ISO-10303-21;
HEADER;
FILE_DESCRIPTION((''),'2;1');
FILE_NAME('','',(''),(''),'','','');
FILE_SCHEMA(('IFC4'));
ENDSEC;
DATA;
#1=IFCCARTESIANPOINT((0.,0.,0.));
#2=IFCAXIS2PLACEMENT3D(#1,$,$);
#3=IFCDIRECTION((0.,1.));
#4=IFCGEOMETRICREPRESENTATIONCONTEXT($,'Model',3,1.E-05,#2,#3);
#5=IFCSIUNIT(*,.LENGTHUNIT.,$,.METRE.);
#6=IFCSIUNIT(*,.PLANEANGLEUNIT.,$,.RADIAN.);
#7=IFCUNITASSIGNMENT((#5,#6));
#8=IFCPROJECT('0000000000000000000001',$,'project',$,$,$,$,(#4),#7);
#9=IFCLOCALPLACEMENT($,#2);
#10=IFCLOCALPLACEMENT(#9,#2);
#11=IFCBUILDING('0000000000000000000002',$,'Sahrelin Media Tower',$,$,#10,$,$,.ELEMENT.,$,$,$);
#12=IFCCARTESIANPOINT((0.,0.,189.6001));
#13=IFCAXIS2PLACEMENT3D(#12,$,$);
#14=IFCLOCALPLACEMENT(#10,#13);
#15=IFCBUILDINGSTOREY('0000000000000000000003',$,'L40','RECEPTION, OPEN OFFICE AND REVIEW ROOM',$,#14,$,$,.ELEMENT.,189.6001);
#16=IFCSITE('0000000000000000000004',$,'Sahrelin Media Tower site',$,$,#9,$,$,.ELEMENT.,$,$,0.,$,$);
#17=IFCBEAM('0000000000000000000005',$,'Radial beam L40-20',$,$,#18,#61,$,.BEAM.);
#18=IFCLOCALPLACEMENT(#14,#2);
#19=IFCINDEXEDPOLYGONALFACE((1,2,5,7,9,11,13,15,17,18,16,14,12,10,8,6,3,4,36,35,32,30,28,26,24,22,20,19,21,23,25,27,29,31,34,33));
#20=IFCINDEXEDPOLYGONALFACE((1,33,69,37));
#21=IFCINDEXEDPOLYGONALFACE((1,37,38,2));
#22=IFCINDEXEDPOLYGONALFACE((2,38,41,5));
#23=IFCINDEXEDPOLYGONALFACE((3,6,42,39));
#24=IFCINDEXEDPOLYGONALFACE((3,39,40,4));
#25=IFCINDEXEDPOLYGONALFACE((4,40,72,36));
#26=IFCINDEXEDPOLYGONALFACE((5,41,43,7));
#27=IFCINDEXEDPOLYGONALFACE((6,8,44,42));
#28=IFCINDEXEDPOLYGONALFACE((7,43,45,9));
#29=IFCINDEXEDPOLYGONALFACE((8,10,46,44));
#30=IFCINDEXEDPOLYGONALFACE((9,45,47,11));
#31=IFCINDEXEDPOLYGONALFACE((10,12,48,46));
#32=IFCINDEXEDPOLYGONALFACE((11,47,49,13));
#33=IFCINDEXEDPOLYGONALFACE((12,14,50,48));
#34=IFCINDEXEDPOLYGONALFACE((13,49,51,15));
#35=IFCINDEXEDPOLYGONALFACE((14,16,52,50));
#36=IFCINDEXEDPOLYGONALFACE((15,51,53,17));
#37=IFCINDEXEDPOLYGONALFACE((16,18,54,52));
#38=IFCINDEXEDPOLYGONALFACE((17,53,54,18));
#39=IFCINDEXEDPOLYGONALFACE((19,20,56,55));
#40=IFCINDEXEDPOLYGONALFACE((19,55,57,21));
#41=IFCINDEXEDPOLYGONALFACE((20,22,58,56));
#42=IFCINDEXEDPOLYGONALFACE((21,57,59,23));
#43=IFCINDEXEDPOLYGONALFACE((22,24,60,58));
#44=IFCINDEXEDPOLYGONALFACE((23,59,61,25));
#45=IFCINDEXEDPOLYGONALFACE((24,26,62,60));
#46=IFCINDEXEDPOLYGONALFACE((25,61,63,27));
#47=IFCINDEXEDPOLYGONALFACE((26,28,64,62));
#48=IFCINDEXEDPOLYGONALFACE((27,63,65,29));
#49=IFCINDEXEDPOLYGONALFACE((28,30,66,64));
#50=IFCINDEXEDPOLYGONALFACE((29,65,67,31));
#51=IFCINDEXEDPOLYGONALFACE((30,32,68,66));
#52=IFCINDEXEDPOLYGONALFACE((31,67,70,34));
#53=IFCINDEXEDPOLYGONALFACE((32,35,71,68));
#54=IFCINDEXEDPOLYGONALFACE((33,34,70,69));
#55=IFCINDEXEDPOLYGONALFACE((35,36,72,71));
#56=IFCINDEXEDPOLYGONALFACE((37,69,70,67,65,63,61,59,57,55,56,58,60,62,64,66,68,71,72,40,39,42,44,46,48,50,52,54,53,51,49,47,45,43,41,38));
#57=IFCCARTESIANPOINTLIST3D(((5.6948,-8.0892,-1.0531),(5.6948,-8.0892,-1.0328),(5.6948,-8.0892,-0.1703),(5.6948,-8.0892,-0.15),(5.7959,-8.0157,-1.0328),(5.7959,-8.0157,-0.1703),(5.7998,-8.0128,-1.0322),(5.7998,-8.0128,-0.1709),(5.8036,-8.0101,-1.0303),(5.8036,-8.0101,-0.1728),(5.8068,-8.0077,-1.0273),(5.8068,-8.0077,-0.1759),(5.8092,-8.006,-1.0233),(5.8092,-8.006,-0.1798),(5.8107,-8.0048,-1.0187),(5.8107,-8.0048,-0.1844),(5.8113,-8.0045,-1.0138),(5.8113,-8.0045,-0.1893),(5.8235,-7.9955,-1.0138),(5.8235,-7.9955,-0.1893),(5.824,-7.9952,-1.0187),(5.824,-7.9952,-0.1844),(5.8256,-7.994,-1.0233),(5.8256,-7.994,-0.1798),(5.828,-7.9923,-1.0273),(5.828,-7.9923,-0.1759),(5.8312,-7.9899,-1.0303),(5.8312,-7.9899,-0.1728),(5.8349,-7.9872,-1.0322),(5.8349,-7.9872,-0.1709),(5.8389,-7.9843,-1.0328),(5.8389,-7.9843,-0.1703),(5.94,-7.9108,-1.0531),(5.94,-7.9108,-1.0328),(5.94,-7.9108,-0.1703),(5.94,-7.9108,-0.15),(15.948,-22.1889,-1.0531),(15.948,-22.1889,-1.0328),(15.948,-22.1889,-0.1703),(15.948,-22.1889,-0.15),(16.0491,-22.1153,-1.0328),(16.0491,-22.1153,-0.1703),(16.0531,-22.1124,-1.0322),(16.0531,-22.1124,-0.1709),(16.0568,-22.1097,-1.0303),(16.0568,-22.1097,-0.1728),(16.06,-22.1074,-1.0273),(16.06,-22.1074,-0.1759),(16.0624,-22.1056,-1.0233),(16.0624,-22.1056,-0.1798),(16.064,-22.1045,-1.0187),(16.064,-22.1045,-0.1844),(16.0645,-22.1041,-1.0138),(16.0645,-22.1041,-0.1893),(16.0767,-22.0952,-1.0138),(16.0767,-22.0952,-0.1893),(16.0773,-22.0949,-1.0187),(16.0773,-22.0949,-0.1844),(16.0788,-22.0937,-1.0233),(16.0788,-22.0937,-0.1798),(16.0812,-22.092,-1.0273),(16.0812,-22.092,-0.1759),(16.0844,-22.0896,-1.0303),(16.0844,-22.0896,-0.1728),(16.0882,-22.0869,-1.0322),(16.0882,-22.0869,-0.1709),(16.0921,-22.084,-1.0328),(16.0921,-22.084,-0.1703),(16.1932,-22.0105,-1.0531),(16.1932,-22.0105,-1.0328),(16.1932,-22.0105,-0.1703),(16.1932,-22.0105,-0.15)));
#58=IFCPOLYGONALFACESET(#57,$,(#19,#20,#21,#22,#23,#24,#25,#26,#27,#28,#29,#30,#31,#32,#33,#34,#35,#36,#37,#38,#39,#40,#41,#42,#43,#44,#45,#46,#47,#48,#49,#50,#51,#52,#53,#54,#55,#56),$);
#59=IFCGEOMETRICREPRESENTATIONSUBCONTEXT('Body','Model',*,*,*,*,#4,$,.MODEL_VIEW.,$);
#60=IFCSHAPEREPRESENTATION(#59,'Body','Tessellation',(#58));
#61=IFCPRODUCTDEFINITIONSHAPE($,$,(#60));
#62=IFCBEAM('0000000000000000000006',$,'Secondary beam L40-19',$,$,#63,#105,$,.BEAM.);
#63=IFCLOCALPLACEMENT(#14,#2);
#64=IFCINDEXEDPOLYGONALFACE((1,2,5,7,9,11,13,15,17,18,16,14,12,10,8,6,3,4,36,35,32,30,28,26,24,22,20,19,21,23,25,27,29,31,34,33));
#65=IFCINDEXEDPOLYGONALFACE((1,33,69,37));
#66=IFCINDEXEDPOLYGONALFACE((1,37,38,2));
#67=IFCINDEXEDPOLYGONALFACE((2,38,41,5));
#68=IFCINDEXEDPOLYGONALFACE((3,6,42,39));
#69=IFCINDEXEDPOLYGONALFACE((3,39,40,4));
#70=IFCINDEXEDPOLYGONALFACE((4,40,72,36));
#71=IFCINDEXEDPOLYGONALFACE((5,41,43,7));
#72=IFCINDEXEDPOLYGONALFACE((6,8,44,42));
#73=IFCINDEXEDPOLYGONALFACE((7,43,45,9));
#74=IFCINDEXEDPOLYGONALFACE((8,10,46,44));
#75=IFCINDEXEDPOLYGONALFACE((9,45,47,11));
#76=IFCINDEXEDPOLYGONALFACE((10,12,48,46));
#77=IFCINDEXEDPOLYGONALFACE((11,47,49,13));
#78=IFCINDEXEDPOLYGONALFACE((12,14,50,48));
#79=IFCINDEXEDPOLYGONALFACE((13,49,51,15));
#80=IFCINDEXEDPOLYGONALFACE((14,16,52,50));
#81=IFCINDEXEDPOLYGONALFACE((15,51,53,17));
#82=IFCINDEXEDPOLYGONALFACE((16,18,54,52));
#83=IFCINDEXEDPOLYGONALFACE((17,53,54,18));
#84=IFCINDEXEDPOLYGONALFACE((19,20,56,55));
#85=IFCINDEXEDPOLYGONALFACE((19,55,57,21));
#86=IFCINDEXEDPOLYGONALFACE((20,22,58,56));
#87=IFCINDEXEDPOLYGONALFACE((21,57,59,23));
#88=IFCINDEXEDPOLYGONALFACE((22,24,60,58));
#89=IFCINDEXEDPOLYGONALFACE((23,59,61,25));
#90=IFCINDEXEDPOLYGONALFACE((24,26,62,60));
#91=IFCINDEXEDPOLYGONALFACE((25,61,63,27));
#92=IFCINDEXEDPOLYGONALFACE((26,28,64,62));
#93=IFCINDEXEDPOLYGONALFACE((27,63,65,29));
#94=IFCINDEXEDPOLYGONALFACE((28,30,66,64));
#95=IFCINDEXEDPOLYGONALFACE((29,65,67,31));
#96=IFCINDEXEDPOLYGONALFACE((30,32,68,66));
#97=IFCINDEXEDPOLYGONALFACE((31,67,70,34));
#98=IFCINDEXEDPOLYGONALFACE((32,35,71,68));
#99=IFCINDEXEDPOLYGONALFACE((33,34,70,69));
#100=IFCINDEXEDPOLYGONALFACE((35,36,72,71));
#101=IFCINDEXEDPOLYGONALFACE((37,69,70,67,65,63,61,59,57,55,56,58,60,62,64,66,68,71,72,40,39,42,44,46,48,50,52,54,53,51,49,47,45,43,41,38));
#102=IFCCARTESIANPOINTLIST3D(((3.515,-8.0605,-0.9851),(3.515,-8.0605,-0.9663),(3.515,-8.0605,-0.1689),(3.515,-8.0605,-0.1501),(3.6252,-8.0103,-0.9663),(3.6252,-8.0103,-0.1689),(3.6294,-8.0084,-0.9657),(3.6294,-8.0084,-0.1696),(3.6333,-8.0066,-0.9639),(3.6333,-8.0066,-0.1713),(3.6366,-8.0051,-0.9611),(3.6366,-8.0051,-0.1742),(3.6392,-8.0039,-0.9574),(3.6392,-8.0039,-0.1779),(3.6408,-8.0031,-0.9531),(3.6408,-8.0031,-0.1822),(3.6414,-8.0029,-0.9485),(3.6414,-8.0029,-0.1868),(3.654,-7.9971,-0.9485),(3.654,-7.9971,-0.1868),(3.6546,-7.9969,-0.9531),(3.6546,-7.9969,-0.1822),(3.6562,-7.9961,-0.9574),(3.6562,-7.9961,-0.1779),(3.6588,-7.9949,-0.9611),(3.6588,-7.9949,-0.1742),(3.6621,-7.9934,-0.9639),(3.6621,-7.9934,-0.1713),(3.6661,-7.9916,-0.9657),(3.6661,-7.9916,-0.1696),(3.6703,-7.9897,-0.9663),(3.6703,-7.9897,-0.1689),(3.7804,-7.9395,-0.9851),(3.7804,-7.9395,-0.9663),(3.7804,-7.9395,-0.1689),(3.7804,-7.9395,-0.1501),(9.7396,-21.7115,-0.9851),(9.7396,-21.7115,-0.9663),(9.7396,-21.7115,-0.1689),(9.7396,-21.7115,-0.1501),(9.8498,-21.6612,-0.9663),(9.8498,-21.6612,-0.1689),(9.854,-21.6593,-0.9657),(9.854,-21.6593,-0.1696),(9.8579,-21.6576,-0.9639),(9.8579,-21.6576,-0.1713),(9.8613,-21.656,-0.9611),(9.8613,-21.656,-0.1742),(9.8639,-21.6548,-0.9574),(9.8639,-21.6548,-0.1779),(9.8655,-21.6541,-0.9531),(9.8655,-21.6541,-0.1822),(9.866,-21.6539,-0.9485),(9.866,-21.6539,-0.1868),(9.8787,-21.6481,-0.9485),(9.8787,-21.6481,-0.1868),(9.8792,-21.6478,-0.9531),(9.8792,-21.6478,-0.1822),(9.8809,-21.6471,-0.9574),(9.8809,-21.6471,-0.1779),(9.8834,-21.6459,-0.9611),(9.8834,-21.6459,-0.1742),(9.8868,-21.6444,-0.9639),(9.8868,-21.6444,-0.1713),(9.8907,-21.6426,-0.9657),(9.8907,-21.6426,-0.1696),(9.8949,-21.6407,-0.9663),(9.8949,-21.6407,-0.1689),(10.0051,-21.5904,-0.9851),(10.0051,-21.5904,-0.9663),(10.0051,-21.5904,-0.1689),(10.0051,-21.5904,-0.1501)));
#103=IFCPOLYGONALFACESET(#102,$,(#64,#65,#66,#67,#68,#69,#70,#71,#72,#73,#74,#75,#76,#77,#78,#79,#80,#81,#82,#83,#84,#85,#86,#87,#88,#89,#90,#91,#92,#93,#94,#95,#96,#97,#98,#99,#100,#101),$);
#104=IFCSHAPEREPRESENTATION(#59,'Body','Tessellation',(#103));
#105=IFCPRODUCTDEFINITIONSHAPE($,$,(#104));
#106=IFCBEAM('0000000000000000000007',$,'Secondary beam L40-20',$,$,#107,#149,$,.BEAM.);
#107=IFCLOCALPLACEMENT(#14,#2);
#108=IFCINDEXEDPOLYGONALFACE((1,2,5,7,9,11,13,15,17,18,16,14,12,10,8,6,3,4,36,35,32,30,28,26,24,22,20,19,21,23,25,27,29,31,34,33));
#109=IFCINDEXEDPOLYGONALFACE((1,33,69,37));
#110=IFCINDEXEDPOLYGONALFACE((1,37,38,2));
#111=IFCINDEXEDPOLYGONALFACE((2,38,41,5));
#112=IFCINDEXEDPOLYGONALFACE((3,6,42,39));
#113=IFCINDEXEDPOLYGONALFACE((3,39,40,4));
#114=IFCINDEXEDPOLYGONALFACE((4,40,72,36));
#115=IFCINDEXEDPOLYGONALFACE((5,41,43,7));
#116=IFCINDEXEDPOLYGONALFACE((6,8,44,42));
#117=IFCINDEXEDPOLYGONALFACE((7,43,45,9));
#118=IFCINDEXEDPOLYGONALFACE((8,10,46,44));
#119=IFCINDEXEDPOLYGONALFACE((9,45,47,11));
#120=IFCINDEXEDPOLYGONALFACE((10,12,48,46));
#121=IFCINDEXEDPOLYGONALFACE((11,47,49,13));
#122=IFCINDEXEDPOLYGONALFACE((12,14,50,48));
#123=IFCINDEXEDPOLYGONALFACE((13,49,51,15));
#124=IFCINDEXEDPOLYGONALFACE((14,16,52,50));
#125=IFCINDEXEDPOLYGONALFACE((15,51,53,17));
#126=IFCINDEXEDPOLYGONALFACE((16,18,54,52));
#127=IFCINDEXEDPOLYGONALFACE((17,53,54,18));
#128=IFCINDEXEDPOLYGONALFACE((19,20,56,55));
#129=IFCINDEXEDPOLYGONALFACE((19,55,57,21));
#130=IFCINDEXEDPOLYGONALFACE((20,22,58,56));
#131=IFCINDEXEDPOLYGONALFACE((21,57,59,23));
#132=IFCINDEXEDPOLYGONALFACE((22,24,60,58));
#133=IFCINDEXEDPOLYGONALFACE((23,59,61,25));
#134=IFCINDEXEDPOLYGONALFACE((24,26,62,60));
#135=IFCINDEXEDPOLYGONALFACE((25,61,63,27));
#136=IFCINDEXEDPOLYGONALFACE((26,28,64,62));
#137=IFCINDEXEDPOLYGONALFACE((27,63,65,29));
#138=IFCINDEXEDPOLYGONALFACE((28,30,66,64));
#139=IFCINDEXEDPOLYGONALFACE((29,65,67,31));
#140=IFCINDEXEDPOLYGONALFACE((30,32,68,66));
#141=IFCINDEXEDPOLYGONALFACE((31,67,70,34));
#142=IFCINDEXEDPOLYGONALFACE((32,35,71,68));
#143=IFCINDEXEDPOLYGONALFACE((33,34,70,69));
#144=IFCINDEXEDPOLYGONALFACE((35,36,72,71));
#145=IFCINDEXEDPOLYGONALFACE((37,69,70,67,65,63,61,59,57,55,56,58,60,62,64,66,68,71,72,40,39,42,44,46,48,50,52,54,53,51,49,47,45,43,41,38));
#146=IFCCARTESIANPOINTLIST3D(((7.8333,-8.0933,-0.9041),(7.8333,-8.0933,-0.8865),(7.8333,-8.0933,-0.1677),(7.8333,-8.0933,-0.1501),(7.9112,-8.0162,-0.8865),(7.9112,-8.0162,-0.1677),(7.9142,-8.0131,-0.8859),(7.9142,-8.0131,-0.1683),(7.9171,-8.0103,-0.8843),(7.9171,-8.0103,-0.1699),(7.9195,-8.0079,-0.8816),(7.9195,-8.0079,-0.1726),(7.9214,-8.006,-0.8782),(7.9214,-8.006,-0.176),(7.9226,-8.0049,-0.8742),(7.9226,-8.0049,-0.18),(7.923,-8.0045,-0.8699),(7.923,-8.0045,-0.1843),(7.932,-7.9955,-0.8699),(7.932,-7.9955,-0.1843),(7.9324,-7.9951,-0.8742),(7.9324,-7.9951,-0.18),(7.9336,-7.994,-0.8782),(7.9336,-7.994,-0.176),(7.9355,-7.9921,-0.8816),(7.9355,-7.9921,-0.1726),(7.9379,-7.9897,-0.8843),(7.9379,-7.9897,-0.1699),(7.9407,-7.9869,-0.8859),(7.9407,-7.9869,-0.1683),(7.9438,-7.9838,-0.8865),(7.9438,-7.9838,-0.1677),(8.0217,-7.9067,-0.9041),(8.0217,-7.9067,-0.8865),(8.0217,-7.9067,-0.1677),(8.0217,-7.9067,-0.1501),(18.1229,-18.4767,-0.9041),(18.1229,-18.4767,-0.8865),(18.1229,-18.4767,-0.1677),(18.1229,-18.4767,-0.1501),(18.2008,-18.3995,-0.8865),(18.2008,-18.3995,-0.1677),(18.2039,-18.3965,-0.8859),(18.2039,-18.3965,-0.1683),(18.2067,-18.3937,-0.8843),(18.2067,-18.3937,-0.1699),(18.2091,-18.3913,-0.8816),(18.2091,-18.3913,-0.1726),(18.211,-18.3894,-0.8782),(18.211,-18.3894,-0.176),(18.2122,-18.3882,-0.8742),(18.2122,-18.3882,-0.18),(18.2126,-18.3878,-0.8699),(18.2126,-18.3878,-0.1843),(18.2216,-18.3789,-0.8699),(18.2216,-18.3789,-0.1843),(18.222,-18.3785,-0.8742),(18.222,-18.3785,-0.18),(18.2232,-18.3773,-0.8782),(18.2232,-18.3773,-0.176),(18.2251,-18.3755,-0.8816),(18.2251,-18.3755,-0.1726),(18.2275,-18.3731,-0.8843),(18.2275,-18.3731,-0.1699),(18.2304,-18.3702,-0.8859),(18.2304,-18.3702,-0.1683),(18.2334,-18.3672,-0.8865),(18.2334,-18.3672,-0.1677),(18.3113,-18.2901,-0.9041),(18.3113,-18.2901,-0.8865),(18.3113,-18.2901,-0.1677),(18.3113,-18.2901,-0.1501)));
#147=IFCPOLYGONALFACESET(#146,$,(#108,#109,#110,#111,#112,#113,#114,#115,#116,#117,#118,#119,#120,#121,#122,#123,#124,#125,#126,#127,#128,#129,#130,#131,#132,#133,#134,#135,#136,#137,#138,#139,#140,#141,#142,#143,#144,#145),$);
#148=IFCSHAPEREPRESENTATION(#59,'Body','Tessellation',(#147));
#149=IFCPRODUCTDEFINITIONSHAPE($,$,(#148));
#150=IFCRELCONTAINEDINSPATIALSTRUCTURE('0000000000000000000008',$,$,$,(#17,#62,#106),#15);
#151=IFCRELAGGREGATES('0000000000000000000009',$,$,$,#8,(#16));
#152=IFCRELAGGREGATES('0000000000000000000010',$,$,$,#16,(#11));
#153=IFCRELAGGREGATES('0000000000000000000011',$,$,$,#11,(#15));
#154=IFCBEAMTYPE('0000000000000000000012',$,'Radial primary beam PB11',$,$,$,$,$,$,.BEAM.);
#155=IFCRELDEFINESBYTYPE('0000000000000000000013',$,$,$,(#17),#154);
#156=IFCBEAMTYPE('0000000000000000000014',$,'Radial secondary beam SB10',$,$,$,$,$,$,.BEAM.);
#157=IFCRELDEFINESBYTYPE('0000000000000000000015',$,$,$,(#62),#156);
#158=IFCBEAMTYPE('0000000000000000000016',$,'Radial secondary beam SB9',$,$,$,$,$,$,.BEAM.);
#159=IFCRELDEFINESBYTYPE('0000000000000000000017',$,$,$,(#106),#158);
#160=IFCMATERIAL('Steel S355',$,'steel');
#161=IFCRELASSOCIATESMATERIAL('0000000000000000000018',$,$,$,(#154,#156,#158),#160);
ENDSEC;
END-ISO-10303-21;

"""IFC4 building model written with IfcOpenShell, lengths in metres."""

from ifc_helpers import new_model, si_unit, direction, frame, origin, origin_2d, place, context, subcontext, project, spatial, i_section, extrude, material, material_profile, profile_set, type_object, element, save


model = new_model("IFC4")

# Units and contexts
model_context = context("Model", 3, precision=1e-05, world=origin(), true_north=direction((0.0, 1.0)))
body_context = subcontext(model_context, "Body", "Model", "MODEL_VIEW")
ifc_project = project(units=[si_unit("LENGTHUNIT", "METRE"), si_unit("PLANEANGLEUNIT", "RADIAN")], contexts=[model_context])

# Site, building, storey
site_placement = place(None, origin())
site = spatial("IfcSite", under=ifc_project, at=site_placement, Name="Sahrelin Media Tower site", CompositionType="ELEMENT", RefElevation=0.0)
building_placement = place(site_placement, origin())
building = spatial("IfcBuilding", under=site, at=building_placement, Name="Sahrelin Media Tower", CompositionType="ELEMENT")
storey_placement = place(building_placement, frame((0.0, 0.0, 189.6001)))
storey = spatial("IfcBuildingStorey", under=building, at=storey_placement, Name="L40", Description="RECEPTION, OPEN OFFICE AND REVIEW ROOM", CompositionType="ELEMENT", Elevation=189.6001)

# Shared definitions
ifc_material_1 = material(Name="Steel S355", Category="steel")

# Beams
ifc_material_profile_1 = material_profile(ifc_material_1, i_section(OverallWidth=0.3032, OverallDepth=0.9031, WebThickness=0.0151, FlangeThickness=0.0203, FilletRadius=0.019, at=origin_2d()), Name="UB 914x305x201")
ifc_profile_set_1 = profile_set([ifc_material_profile_1], Name="Steel S355")
beam_type_1 = type_object("IfcBeamType", Name="Radial primary beam PB11", PredefinedType="BEAM", material=ifc_profile_set_1)
beam_1_placement = place(storey_placement, frame((5.8174, -8.0, -0.6016), z_axis=(0.588131, -0.808766, 0.0), x_axis=(0.808766, 0.588131, 0.0)))
element("IfcBeam", 1, at=beam_1_placement, inside=storey, type_object=beam_type_1, Name="Radial beam L40-20", PredefinedType="BEAM", context=body_context, shape_type="SweptSolid", body=[
    extrude(i_section(OverallWidth=0.3032, OverallDepth=0.9031, WebThickness=0.0151, FlangeThickness=0.0203, FilletRadius=0.019, at=origin_2d()), origin(), (0.0, 0.0, 1.0), 17.4336),
])
ifc_material_profile_2 = material_profile(ifc_material_1, i_section(OverallWidth=0.2917, OverallDepth=0.835, WebThickness=0.0139, FlangeThickness=0.0188, FilletRadius=0.0178, at=origin_2d()), Name="UB 838x292x176")
ifc_profile_set_2 = profile_set([ifc_material_profile_2], Name="Steel S355")
beam_type_2 = type_object("IfcBeamType", Name="Radial secondary beam SB10", PredefinedType="BEAM", material=ifc_profile_set_2)
beam_2_placement = place(storey_placement, frame((3.6477, -8.0, -0.5676), z_axis=(0.414889, -0.909872, 0.0), x_axis=(0.909872, 0.414889, 0.0)))
element("IfcBeam", 2, at=beam_2_placement, inside=storey, type_object=beam_type_2, Name="Secondary beam L40-19", PredefinedType="BEAM", context=body_context, shape_type="SweptSolid", body=[
    extrude(i_section(OverallWidth=0.2917, OverallDepth=0.835, WebThickness=0.0139, FlangeThickness=0.0188, FilletRadius=0.0178, at=origin_2d()), origin(), (0.0, 0.0, 1.0), 15.0032),
])
ifc_material_profile_3 = material_profile(ifc_material_1, i_section(OverallWidth=0.2651, OverallDepth=0.7539, WebThickness=0.0127, FlangeThickness=0.0176, FilletRadius=0.0166, at=origin_2d()), Name="UB 762x267x147")
ifc_profile_set_3 = profile_set([ifc_material_profile_3], Name="Steel S355")
beam_type_3 = type_object("IfcBeamType", Name="Radial secondary beam SB9", PredefinedType="BEAM", material=ifc_profile_set_3)
beam_3_placement = place(storey_placement, frame((7.9275, -8.0, -0.5271), z_axis=(0.703893, -0.710306, 0.0), x_axis=(0.710306, 0.703893, 0.0)))
element("IfcBeam", 3, at=beam_3_placement, inside=storey, type_object=beam_type_3, Name="Secondary beam L40-20", PredefinedType="BEAM", context=body_context, shape_type="SweptSolid", body=[
    extrude(i_section(OverallWidth=0.2651, OverallDepth=0.7539, WebThickness=0.0127, FlangeThickness=0.0176, FilletRadius=0.0166, at=origin_2d()), origin(), (0.0, 0.0, 1.0), 14.6182),
])

save(model, "model.ifc")
